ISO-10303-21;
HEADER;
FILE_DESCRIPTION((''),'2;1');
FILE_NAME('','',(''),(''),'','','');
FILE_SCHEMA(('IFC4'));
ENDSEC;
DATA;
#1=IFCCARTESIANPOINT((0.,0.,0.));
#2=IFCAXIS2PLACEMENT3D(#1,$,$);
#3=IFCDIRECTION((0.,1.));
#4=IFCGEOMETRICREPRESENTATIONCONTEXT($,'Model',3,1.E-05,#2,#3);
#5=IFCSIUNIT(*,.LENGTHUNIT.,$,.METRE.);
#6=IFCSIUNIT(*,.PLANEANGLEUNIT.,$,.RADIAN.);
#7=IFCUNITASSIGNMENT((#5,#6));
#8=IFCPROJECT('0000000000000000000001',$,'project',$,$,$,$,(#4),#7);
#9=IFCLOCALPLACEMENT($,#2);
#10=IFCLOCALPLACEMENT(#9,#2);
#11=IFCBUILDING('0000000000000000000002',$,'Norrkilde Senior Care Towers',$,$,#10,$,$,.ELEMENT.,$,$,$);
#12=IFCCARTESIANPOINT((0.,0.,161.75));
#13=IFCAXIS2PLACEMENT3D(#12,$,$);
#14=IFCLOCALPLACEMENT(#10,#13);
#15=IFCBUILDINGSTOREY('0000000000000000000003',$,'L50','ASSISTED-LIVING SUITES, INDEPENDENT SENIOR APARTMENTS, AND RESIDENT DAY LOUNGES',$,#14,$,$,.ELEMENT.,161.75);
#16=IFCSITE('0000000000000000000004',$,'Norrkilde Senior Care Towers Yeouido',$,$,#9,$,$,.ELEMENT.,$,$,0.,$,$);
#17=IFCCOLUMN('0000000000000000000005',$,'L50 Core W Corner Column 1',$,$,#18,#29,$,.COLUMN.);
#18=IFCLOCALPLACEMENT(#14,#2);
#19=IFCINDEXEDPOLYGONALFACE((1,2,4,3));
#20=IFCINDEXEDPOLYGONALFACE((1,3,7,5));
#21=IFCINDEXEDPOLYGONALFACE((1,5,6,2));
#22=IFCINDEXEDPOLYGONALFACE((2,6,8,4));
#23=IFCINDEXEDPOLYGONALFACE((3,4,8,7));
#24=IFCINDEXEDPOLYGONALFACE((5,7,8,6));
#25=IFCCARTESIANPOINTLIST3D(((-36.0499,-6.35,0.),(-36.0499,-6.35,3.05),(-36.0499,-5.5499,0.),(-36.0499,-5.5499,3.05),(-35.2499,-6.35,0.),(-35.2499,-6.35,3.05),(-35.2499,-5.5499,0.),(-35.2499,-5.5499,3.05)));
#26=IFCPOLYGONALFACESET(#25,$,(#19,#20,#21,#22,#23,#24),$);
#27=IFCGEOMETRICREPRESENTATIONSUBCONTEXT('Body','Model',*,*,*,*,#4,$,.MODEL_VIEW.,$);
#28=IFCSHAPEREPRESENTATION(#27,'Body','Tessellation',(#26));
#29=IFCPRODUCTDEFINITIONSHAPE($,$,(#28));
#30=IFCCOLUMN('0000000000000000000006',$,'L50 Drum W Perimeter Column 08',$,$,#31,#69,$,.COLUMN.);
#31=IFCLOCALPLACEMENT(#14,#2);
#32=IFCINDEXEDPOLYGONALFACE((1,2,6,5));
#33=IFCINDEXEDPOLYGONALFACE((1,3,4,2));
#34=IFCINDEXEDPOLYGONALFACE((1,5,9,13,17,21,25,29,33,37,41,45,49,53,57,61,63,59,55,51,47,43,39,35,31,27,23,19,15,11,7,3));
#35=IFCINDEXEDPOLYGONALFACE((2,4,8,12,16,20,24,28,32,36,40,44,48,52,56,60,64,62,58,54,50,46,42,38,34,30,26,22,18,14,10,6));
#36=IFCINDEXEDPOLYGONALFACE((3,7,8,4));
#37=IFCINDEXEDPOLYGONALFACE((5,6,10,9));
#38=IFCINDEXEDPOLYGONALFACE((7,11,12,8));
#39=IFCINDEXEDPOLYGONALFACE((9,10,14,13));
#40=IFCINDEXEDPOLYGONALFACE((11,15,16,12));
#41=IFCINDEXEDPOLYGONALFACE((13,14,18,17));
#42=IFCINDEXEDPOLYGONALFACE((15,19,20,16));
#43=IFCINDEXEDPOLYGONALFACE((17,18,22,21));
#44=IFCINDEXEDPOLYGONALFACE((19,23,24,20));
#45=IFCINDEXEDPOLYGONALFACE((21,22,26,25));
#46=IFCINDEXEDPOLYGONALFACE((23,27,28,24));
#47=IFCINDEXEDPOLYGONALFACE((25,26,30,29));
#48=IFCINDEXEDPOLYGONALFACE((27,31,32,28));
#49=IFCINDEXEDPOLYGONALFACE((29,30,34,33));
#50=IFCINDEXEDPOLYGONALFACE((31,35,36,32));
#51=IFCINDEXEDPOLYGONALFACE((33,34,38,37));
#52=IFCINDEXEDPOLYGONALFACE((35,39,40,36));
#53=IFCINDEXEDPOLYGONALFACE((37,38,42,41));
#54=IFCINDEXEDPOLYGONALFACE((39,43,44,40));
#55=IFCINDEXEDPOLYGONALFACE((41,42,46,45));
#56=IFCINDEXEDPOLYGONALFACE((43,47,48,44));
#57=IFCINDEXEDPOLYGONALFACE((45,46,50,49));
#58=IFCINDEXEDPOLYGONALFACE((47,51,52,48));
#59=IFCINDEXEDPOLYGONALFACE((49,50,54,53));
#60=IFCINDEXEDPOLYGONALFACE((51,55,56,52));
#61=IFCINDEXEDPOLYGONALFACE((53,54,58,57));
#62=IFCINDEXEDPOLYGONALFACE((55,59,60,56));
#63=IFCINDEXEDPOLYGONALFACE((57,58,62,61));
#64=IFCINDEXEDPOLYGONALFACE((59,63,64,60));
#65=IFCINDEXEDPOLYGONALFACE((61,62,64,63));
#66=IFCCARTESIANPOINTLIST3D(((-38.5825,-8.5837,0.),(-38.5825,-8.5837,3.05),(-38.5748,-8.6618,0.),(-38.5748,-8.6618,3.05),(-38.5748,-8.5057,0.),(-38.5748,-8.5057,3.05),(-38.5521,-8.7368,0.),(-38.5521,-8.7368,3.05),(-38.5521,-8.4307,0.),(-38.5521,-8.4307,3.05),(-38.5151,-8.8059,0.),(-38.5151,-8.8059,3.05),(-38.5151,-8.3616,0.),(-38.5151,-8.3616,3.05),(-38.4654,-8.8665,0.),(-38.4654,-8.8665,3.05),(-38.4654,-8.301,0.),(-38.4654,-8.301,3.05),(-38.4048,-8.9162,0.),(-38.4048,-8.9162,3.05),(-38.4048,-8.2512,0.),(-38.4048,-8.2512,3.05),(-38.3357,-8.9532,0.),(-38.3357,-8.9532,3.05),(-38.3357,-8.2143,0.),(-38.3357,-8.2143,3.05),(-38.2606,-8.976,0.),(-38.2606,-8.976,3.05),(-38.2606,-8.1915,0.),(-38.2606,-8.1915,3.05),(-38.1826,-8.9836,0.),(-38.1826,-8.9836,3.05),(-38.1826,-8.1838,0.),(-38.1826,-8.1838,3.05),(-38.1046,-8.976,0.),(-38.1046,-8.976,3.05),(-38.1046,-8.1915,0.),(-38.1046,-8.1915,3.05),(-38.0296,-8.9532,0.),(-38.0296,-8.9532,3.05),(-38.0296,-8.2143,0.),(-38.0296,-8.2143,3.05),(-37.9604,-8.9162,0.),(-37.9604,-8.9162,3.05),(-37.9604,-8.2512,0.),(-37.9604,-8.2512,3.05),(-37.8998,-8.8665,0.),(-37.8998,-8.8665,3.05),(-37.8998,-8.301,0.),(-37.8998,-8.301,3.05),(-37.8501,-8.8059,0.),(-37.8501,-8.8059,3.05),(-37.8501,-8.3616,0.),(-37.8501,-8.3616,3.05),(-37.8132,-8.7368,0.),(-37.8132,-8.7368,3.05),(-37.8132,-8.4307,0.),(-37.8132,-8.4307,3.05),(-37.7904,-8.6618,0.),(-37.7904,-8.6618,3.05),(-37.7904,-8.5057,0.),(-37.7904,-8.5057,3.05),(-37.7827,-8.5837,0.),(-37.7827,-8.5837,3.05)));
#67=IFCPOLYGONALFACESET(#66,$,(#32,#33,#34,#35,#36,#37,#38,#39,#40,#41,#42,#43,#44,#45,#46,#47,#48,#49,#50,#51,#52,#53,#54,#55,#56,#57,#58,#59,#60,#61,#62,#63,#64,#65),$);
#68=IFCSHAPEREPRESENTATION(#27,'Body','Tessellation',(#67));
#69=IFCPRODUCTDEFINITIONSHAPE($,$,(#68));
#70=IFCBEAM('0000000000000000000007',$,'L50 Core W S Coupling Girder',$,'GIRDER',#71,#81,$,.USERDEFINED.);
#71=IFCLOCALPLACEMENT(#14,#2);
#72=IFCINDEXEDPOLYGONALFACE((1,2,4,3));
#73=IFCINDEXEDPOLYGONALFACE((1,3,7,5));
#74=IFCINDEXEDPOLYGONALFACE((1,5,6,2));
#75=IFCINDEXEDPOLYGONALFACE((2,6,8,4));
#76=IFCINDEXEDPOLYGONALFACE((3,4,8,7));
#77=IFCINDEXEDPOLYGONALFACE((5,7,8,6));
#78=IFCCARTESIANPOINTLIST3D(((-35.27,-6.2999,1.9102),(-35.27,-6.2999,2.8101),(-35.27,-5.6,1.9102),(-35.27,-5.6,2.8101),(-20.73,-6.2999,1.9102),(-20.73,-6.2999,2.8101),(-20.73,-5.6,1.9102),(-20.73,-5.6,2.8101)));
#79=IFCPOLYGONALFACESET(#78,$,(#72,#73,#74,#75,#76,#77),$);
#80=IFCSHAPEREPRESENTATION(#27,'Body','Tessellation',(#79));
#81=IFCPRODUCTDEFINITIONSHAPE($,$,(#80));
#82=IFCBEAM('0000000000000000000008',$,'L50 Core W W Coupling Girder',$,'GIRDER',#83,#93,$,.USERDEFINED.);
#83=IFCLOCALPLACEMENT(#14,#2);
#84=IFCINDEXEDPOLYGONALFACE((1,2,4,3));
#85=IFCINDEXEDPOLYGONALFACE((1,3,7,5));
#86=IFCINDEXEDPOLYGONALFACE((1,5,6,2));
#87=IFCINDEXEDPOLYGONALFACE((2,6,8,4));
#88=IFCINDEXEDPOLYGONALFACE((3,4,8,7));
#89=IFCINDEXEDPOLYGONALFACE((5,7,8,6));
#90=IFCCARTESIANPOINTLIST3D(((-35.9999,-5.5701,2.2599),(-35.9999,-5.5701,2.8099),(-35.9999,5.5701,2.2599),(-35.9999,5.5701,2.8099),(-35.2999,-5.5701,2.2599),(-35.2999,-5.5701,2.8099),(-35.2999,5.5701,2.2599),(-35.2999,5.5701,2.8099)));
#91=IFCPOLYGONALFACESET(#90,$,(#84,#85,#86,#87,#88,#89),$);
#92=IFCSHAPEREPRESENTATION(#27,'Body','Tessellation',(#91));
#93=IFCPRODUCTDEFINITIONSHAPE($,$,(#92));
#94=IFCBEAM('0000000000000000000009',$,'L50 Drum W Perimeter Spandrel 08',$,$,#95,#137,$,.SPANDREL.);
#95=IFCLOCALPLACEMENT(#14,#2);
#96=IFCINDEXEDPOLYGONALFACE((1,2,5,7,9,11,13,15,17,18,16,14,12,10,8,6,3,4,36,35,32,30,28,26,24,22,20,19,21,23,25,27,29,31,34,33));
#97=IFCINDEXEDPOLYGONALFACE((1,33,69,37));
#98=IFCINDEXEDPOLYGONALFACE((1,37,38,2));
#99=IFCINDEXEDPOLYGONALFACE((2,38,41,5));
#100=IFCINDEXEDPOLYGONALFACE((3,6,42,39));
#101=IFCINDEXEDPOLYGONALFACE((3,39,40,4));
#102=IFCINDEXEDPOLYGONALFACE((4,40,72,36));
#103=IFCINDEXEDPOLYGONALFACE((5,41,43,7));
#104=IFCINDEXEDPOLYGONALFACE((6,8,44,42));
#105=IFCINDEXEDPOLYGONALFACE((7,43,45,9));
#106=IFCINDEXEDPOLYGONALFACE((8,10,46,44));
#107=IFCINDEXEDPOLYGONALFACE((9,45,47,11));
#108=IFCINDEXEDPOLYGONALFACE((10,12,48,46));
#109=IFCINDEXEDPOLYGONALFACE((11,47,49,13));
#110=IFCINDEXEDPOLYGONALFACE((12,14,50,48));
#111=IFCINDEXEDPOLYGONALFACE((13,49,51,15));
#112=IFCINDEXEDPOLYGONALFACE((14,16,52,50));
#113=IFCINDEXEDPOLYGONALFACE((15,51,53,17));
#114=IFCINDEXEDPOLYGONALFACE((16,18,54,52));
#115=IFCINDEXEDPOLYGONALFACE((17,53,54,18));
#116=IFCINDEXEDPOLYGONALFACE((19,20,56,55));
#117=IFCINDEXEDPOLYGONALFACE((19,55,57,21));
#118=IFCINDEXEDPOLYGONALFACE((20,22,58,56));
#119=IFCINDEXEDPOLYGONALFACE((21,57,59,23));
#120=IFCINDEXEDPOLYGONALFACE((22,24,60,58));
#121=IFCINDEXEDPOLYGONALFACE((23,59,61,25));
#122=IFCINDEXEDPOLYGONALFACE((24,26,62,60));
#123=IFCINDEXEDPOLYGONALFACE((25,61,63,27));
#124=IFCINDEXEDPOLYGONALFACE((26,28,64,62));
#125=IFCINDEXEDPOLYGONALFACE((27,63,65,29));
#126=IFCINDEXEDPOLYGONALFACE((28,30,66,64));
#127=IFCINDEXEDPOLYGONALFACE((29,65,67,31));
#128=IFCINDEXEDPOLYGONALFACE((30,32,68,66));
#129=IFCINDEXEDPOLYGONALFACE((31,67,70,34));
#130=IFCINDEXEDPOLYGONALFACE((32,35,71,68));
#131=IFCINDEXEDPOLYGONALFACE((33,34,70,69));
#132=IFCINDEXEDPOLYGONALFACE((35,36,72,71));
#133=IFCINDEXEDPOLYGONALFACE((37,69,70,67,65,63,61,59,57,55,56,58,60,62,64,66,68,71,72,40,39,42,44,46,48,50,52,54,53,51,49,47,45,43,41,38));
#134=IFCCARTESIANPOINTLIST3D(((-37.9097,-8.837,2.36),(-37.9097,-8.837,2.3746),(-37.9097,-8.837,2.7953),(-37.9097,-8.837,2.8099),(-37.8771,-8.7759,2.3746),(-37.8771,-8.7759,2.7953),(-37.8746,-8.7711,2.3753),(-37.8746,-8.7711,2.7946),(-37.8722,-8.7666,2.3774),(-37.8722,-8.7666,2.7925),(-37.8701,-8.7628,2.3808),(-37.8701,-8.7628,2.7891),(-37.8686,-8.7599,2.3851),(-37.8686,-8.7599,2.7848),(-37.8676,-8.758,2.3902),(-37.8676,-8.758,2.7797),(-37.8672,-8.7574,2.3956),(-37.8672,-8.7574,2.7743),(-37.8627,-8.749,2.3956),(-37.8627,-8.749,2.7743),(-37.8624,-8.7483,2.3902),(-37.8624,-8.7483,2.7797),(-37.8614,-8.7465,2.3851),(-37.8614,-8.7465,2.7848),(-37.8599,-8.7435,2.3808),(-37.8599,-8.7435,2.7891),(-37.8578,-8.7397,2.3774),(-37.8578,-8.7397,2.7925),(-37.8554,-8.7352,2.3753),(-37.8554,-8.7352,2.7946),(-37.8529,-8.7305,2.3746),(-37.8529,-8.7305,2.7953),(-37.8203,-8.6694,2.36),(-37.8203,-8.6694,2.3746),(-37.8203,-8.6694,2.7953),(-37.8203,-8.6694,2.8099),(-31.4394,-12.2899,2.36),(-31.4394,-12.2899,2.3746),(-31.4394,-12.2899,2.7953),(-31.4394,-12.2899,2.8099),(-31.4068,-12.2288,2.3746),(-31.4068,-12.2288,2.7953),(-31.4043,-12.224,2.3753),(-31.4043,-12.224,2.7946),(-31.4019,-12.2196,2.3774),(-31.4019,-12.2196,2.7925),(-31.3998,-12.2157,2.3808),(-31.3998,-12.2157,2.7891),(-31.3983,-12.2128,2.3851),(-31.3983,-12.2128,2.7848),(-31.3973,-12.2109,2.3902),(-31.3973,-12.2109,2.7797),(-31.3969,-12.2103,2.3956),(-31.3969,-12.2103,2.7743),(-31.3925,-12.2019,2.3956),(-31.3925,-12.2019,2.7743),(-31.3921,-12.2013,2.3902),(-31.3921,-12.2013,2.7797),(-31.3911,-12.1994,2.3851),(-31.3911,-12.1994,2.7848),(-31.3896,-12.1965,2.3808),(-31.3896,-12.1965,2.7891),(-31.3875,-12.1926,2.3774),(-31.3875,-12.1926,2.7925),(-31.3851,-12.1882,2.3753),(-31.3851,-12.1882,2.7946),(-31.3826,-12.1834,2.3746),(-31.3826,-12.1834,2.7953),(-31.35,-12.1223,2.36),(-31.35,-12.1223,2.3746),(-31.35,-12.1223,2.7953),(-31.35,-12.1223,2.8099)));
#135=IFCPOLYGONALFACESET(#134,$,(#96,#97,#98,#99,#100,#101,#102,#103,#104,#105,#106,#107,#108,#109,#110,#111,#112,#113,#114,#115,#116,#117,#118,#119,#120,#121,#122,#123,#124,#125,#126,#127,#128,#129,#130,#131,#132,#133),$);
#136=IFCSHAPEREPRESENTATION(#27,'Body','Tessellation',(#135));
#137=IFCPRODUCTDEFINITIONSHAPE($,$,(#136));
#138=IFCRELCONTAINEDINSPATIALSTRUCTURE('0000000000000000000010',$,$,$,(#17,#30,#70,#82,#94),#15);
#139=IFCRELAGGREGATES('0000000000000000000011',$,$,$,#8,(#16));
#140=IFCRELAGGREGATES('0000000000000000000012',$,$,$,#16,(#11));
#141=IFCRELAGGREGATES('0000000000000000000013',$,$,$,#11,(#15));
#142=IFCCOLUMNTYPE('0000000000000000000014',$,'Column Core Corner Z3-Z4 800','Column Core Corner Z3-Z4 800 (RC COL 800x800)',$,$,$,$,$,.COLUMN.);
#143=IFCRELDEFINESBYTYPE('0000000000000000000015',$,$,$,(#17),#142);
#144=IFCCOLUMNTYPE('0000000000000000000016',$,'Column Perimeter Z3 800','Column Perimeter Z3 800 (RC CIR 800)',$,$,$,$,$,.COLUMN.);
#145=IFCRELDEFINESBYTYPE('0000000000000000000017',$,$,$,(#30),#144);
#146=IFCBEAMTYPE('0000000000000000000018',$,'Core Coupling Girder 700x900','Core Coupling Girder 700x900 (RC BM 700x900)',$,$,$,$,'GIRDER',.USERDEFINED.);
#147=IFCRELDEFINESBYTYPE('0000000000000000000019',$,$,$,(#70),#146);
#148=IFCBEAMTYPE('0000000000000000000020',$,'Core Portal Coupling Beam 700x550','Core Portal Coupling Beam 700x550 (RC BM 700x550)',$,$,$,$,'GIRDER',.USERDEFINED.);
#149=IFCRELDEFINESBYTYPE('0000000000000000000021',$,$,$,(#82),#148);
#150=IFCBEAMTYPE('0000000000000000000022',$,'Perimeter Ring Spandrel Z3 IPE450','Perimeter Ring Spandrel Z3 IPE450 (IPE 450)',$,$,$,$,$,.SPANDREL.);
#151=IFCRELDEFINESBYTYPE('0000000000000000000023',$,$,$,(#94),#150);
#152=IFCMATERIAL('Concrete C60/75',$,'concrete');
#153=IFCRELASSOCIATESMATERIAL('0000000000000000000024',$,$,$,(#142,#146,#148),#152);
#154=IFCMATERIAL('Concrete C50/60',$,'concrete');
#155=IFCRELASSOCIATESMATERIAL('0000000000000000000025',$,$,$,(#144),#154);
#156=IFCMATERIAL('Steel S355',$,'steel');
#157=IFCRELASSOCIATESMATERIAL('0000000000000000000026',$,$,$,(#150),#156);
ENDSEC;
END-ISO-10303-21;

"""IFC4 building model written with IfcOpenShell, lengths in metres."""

from ifc_helpers import new_model, si_unit, direction, frame, origin, origin_2d, place, context, subcontext, project, spatial, rectangle, circle, i_section, extrude, source, transform, mapped, material, material_profile, profile_set, type_object, type_shapes, element, save


model = new_model("IFC4")

# Units and contexts
model_context = context("Model", 3, precision=1e-05, world=origin(), true_north=direction((0.0, 1.0)))
body_context = subcontext(model_context, "Body", "Model", "MODEL_VIEW")
ifc_project = project(units=[si_unit("LENGTHUNIT", "METRE"), si_unit("PLANEANGLEUNIT", "RADIAN")], contexts=[model_context])

# Site, building, storey
site_placement = place(None, origin())
site = spatial("IfcSite", under=ifc_project, at=site_placement, Name="Norrkilde Senior Care Towers Yeouido", CompositionType="ELEMENT", RefElevation=0.0)
building_placement = place(site_placement, origin())
building = spatial("IfcBuilding", under=site, at=building_placement, Name="Norrkilde Senior Care Towers", CompositionType="ELEMENT")
storey_placement = place(building_placement, frame((0.0, 0.0, 161.75)))
storey = spatial("IfcBuildingStorey", under=building, at=storey_placement, Name="L50", Description="ASSISTED-LIVING SUITES, INDEPENDENT SENIOR APARTMENTS, AND RESIDENT DAY LOUNGES", CompositionType="ELEMENT", Elevation=161.75)

# Columns
ifc_material_1 = material(Name="Concrete C60/75", Category="concrete")
ifc_material_profile_1 = material_profile(ifc_material_1, rectangle(XDim=0.8, YDim=0.8, at=origin_2d()), Name="RC COL 800x800")
ifc_profile_set_1 = profile_set([ifc_material_profile_1], Name="Concrete C60/75")
column_type_1 = type_object("IfcColumnType", Name="Column Core Corner Z3-Z4 800", Description="Column Core Corner Z3-Z4 800 (RC COL 800x800)", PredefinedType="COLUMN", material=ifc_profile_set_1)
shared_shape_1 = source(origin(), body_context, "Body", "SweptSolid", [
    extrude(rectangle(XDim=0.8, YDim=0.8, at=origin_2d()), origin(), (0.0, 0.0, 1.0), 3.05),
])
type_shapes(column_type_1, [shared_shape_1])
column_1_placement = place(storey_placement, frame((-35.6499, -5.95, 0.0), z_axis=(0.0, 0.0, 1.0), x_axis=(1.0, 0.0, 0.0)))
element("IfcColumn", 1, at=column_1_placement, inside=storey, type_object=column_type_1, Name="L50 Core W Corner Column 1", PredefinedType="COLUMN", context=body_context, shape_type="MappedRepresentation", body=[
    mapped(shared_shape_1, transform((0.0, 0.0, 0.0), x_axis=(1.0, 0.0, 0.0), y_axis=(0.0, 1.0, 0.0), z_axis=(0.0, 0.0, 1.0), scale=1.0)),
])
ifc_material_2 = material(Name="Concrete C50/60", Category="concrete")
ifc_material_profile_2 = material_profile(ifc_material_2, circle(Radius=0.3999, at=origin_2d()), Name="RC CIR 800")
ifc_profile_set_2 = profile_set([ifc_material_profile_2], Name="Concrete C50/60")
column_type_2 = type_object("IfcColumnType", Name="Column Perimeter Z3 800", Description="Column Perimeter Z3 800 (RC CIR 800)", PredefinedType="COLUMN", material=ifc_profile_set_2)
shared_shape_2 = source(origin(), body_context, "Body", "SweptSolid", [
    extrude(circle(Radius=0.3999, at=origin_2d()), origin(), (0.0, 0.0, 1.0), 3.05),
])
type_shapes(column_type_2, [shared_shape_2])
column_2_placement = place(storey_placement, frame((-38.1826, -8.5837, 0.0), z_axis=(0.0, 0.0, 1.0), x_axis=(1.0, 0.0, 0.0)))
element("IfcColumn", 2, at=column_2_placement, inside=storey, type_object=column_type_2, Name="L50 Drum W Perimeter Column 08", PredefinedType="COLUMN", context=body_context, shape_type="MappedRepresentation", body=[
    mapped(shared_shape_2, transform((0.0, 0.0, 0.0), x_axis=(1.0, 0.0, 0.0), y_axis=(0.0, 1.0, 0.0), z_axis=(0.0, 0.0, 1.0), scale=1.0)),
])

# Beams
ifc_material_profile_3 = material_profile(ifc_material_1, rectangle(XDim=0.7, YDim=0.8999, at=origin_2d()), Name="RC BM 700x900")
ifc_profile_set_3 = profile_set([ifc_material_profile_3], Name="Concrete C60/75")
beam_type_1 = type_object("IfcBeamType", Name="Core Coupling Girder 700x900", Description="Core Coupling Girder 700x900 (RC BM 700x900)", ElementType="GIRDER", PredefinedType="USERDEFINED", material=ifc_profile_set_3)
shared_shape_3 = source(origin(), body_context, "Body", "SweptSolid", [
    extrude(rectangle(XDim=0.7, YDim=0.8999, at=origin_2d()), origin(), (0.0, 0.0, 1.0), 14.54),
])
type_shapes(beam_type_1, [shared_shape_3])
beam_1_placement = place(storey_placement, frame((-35.27, -5.95, 2.3601), z_axis=(1.0, 0.0, 0.0), x_axis=(0.0, 1.0, 0.0)))
element("IfcBeam", 3, at=beam_1_placement, inside=storey, type_object=beam_type_1, Name="L50 Core W S Coupling Girder", ObjectType="GIRDER", PredefinedType="USERDEFINED", context=body_context, shape_type="MappedRepresentation", body=[
    mapped(shared_shape_3, transform((0.0, 0.0, 0.0), x_axis=(1.0, 0.0, 0.0), y_axis=(0.0, 1.0, 0.0), z_axis=(0.0, 0.0, 1.0), scale=1.0)),
])
ifc_material_profile_4 = material_profile(ifc_material_1, rectangle(XDim=0.7, YDim=0.55, at=origin_2d()), Name="RC BM 700x550")
ifc_profile_set_4 = profile_set([ifc_material_profile_4], Name="Concrete C60/75")
beam_type_2 = type_object("IfcBeamType", Name="Core Portal Coupling Beam 700x550", Description="Core Portal Coupling Beam 700x550 (RC BM 700x550)", ElementType="GIRDER", PredefinedType="USERDEFINED", material=ifc_profile_set_4)
shared_shape_4 = source(origin(), body_context, "Body", "SweptSolid", [
    extrude(rectangle(XDim=0.7, YDim=0.55, at=origin_2d()), origin(), (0.0, 0.0, 1.0), 11.1401),
])
type_shapes(beam_type_2, [shared_shape_4])
beam_2_placement = place(storey_placement, frame((-35.6499, -5.5701, 2.5349), z_axis=(0.0, 1.0, 0.0), x_axis=(-1.0, 0.0, 0.0)))
element("IfcBeam", 4, at=beam_2_placement, inside=storey, type_object=beam_type_2, Name="L50 Core W W Coupling Girder", ObjectType="GIRDER", PredefinedType="USERDEFINED", context=body_context, shape_type="MappedRepresentation", body=[
    mapped(shared_shape_4, transform((0.0, 0.0, 0.0), x_axis=(1.0, 0.0, 0.0), y_axis=(0.0, 1.0, 0.0), z_axis=(0.0, 0.0, 1.0), scale=1.0)),
])
ifc_material_3 = material(Name="Steel S355", Category="steel")
ifc_material_profile_5 = material_profile(ifc_material_3, i_section(OverallWidth=0.1899, OverallDepth=0.45, WebThickness=0.0095, FlangeThickness=0.0146, FilletRadius=0.021, at=origin_2d()), Name="IPE 450")
ifc_profile_set_5 = profile_set([ifc_material_profile_5], Name="Steel S355")
beam_type_3 = type_object("IfcBeamType", Name="Perimeter Ring Spandrel Z3 IPE450", Description="Perimeter Ring Spandrel Z3 IPE450 (IPE 450)", PredefinedType="SPANDREL", material=ifc_profile_set_5)
shared_shape_5 = source(origin(), body_context, "Body", "SweptSolid", [
    extrude(i_section(OverallWidth=0.1899, OverallDepth=0.45, WebThickness=0.0095, FlangeThickness=0.0146, FilletRadius=0.021, at=origin_2d()), origin(), (0.0, 0.0, 1.0), 7.334),
])
type_shapes(beam_type_3, [shared_shape_5])
beam_3_placement = place(storey_placement, frame((-37.865, -8.7532, 2.585), z_axis=(0.882234, -0.470811, 0.0), x_axis=(0.470811, 0.882234, 0.0)))
element("IfcBeam", 5, at=beam_3_placement, inside=storey, type_object=beam_type_3, Name="L50 Drum W Perimeter Spandrel 08", PredefinedType="SPANDREL", context=body_context, shape_type="MappedRepresentation", body=[
    mapped(shared_shape_5, transform((0.0, 0.0, 0.0), x_axis=(1.0, 0.0, 0.0), y_axis=(0.0, 1.0, 0.0), z_axis=(0.0, 0.0, 1.0), scale=1.0)),
])

save(model, "model.ifc")
